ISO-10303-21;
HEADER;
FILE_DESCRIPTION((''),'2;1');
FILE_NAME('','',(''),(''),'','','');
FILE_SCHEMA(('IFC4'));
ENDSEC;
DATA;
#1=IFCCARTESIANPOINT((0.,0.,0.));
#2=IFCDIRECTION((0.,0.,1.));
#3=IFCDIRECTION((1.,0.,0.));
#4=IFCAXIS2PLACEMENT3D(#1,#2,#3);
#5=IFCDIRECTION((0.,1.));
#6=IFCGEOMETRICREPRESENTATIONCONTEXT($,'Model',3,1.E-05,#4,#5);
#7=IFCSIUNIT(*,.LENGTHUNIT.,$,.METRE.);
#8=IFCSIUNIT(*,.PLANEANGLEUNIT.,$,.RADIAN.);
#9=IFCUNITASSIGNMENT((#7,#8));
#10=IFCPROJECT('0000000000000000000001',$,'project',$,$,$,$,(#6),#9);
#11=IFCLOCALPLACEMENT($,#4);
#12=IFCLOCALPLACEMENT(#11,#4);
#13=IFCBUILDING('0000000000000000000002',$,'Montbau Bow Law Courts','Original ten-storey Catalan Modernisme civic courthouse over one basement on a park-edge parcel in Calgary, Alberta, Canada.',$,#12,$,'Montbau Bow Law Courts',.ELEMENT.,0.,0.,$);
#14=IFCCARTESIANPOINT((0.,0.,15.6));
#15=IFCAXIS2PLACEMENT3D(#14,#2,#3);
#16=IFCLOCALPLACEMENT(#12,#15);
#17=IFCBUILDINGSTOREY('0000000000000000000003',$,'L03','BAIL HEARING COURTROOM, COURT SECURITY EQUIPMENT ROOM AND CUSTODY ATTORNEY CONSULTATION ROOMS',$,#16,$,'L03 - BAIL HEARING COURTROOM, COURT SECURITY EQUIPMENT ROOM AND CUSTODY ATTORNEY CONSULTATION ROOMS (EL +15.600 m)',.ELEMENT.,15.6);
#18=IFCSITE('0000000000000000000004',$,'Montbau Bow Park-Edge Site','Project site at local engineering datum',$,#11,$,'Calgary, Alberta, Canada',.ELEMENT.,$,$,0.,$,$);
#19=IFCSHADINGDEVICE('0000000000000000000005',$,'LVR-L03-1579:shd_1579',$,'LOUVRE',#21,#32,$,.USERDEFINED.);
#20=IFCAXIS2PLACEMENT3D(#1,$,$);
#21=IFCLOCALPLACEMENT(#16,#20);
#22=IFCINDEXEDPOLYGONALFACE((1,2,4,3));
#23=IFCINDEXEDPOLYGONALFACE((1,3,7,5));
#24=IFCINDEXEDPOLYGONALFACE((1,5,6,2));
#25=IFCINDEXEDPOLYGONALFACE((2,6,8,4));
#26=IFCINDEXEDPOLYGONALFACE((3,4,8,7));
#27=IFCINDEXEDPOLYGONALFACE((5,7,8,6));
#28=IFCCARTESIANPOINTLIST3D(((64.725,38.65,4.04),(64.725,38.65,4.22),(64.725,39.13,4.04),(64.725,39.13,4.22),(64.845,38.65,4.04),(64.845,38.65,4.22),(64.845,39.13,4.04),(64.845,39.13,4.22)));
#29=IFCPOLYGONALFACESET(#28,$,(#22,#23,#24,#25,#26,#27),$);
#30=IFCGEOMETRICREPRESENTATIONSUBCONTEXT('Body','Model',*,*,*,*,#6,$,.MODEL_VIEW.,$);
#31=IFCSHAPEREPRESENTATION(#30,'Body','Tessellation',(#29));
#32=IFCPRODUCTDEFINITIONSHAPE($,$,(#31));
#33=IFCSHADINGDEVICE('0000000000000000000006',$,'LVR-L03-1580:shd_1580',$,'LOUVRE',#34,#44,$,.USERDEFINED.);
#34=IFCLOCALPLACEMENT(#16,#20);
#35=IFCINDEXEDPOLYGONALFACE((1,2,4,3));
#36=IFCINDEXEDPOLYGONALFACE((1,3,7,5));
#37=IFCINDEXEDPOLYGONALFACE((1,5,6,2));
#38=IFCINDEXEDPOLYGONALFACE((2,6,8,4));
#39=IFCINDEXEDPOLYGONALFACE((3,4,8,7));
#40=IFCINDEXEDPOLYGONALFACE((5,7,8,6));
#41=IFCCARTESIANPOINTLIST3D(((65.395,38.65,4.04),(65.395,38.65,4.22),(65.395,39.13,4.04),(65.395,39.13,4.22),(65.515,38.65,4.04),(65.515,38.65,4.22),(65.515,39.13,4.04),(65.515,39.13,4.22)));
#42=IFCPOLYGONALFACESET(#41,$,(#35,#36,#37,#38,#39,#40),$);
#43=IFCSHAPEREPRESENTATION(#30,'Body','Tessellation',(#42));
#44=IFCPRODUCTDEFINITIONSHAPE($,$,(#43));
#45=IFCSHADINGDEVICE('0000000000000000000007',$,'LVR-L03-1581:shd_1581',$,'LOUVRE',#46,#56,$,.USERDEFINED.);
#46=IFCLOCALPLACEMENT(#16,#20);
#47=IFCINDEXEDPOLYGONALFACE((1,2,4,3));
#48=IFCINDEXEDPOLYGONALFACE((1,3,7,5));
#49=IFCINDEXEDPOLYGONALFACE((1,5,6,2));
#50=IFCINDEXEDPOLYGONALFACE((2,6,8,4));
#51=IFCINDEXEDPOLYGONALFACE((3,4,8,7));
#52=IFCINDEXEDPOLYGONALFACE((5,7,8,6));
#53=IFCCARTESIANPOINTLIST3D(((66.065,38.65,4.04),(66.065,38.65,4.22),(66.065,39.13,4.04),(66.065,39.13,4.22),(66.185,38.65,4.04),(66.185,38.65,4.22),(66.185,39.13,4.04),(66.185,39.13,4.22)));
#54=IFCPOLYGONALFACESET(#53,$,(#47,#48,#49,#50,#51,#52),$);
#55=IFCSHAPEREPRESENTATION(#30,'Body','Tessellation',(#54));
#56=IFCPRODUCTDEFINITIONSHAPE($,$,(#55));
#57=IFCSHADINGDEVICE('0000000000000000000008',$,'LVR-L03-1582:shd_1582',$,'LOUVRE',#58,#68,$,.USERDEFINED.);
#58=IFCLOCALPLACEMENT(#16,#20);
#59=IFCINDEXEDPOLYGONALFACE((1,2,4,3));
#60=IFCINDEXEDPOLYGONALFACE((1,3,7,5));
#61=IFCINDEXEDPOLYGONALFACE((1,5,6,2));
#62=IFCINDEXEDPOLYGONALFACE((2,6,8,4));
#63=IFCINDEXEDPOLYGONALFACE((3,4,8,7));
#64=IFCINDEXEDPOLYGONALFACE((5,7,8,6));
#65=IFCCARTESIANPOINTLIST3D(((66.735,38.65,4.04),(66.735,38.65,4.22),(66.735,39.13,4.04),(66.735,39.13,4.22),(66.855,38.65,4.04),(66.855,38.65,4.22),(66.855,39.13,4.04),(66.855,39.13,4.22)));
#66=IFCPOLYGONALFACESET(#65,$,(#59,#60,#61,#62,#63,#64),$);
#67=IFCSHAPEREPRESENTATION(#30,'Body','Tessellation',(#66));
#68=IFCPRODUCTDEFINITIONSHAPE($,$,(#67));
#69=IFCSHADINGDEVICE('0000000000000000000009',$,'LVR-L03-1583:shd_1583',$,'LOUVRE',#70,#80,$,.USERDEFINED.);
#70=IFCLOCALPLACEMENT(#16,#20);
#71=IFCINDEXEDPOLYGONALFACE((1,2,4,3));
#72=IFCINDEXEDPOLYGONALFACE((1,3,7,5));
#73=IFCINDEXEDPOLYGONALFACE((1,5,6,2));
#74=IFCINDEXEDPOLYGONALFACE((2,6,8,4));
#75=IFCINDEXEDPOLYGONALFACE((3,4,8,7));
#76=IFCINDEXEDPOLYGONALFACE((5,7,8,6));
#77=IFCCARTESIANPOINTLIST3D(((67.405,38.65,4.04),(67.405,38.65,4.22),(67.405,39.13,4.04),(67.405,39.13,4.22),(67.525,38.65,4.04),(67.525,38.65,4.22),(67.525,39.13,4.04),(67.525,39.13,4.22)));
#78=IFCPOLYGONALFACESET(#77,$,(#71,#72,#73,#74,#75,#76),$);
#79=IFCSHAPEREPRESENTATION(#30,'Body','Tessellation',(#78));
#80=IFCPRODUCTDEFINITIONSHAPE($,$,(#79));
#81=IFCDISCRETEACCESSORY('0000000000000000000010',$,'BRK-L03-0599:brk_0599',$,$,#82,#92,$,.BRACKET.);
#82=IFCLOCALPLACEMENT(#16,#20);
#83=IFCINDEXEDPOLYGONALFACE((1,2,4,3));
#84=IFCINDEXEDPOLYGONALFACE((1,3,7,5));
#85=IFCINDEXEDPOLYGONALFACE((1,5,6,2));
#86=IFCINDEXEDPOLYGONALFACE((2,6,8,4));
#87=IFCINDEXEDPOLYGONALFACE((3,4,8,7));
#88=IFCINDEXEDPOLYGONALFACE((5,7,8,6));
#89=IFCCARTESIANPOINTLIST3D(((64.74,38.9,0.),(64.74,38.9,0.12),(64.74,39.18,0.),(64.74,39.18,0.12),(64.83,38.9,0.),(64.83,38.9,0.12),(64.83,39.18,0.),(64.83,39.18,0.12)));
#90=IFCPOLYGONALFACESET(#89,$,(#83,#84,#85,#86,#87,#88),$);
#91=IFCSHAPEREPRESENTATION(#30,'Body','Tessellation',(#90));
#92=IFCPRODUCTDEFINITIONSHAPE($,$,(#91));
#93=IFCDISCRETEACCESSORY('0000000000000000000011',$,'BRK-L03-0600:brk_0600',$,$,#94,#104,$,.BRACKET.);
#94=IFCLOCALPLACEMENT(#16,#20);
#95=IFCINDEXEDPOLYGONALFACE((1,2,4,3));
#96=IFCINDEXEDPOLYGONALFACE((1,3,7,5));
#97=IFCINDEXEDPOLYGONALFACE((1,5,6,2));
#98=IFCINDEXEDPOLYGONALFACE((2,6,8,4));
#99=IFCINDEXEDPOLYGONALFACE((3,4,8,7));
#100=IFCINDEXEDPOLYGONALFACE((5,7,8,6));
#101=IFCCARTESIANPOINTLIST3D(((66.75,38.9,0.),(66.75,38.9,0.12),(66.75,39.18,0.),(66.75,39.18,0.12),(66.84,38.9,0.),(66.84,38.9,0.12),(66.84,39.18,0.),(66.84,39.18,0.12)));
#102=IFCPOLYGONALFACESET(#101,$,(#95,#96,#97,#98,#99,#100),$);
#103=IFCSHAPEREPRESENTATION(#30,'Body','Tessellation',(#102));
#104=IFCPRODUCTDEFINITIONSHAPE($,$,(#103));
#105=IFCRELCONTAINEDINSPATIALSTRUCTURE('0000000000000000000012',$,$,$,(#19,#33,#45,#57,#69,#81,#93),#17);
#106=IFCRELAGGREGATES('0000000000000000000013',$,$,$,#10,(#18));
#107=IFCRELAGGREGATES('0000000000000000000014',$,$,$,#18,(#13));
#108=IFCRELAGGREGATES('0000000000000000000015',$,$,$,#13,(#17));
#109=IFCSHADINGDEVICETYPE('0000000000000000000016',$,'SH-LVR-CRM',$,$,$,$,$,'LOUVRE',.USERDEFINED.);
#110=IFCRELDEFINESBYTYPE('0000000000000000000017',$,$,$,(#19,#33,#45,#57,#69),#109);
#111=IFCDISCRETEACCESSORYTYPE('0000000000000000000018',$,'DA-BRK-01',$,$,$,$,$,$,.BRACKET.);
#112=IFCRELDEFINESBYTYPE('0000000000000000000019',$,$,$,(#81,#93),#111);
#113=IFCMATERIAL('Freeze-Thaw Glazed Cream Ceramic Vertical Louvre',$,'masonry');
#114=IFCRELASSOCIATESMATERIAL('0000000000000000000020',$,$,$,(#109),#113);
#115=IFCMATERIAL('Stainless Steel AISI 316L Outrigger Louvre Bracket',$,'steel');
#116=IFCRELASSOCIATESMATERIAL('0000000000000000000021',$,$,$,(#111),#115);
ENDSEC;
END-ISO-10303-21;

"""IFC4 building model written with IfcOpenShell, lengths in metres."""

from ifc_helpers import new_model, si_unit, direction, frame, origin_with_axes, origin_2d_with_axis, place, context, subcontext, project, spatial, rectangle, extrude, material, type_object, element, save


model = new_model("IFC4")

# Units and contexts
model_context = context("Model", 3, precision=1e-05, world=origin_with_axes(), true_north=direction((0.0, 1.0)))
body_context = subcontext(model_context, "Body", "Model", "MODEL_VIEW")
ifc_project = project(units=[si_unit("LENGTHUNIT", "METRE"), si_unit("PLANEANGLEUNIT", "RADIAN")], contexts=[model_context])

# Site, building, storey
site_placement = place(None, origin_with_axes())
site = spatial("IfcSite", under=ifc_project, at=site_placement, Name="Montbau Bow Park-Edge Site", Description="Project site at local engineering datum", LongName="Calgary, Alberta, Canada", CompositionType="ELEMENT", RefElevation=0.0)
building_placement = place(site_placement, origin_with_axes())
building = spatial("IfcBuilding", under=site, at=building_placement, Name="Montbau Bow Law Courts", Description="Original ten-storey Catalan Modernisme civic courthouse over one basement on a park-edge parcel in Calgary, Alberta, Canada.", LongName="Montbau Bow Law Courts", CompositionType="ELEMENT", ElevationOfRefHeight=0.0, ElevationOfTerrain=0.0)
storey_placement = place(building_placement, frame((0.0, 0.0, 15.6), z_axis=(0.0, 0.0, 1.0), x_axis=(1.0, 0.0, 0.0)))
storey = spatial("IfcBuildingStorey", under=building, at=storey_placement, Name="L03", Description="BAIL HEARING COURTROOM, COURT SECURITY EQUIPMENT ROOM AND CUSTODY ATTORNEY CONSULTATION ROOMS", LongName="L03 - BAIL HEARING COURTROOM, COURT SECURITY EQUIPMENT ROOM AND CUSTODY ATTORNEY CONSULTATION ROOMS (EL +15.600 m)", CompositionType="ELEMENT", Elevation=15.6)

# Shading devices
ifc_material_1 = material(Name="Freeze-Thaw Glazed Cream Ceramic Vertical Louvre", Category="masonry")
shading_device_type = type_object("IfcShadingDeviceType", Name="SH-LVR-CRM", ElementType="LOUVRE", PredefinedType="USERDEFINED", material=ifc_material_1)
for number, where, z_axis, x_axis, name in (
    (1, (64.785, 38.89, 19.64), (0.0, 0.0, 1.0), (0.0, -1.0, 0.0), "LVR-L03-1579:shd_1579"),
    (2, (65.455, 38.89, 19.64), (0.0, 0.0, 1.0), (0.0, -1.0, 0.0), "LVR-L03-1580:shd_1580"),
    (3, (66.125, 38.89, 19.64), (0.0, 0.0, 1.0), (0.0, -1.0, 0.0), "LVR-L03-1581:shd_1581"),
    (4, (66.795, 38.89, 19.64), (0.0, 0.0, 1.0), (0.0, -1.0, 0.0), "LVR-L03-1582:shd_1582"),
    (5, (67.465, 38.89, 19.64), (0.0, 0.0, 1.0), (0.0, -1.0, 0.0), "LVR-L03-1583:shd_1583"),
):
    element("IfcShadingDevice", number, at=place(None, frame(where, z_axis=z_axis, x_axis=x_axis)), inside=storey, type_object=shading_device_type, Name=name, ObjectType="LOUVRE", PredefinedType="USERDEFINED", context=body_context, shape_type="SweptSolid", body=[
        extrude(rectangle(XDim=0.48, YDim=0.12, at=origin_2d_with_axis()), origin_with_axes(), (0.0, 0.0, 1.0), 0.18),
    ])

# Discrete accessories
ifc_material_2 = material(Name="Stainless Steel AISI 316L Outrigger Louvre Bracket", Category="steel")
discrete_accessory_type = type_object("IfcDiscreteAccessoryType", Name="DA-BRK-01", PredefinedType="BRACKET", material=ifc_material_2)
for number, where, z_axis, x_axis, name in (
    (6, (64.785, 39.04, 15.6), (0.0, 0.0, 1.0), (0.0, -1.0, 0.0), "BRK-L03-0599:brk_0599"),
    (7, (66.795, 39.04, 15.6), (0.0, 0.0, 1.0), (0.0, -1.0, 0.0), "BRK-L03-0600:brk_0600"),
):
    element("IfcDiscreteAccessory", number, at=place(None, frame(where, z_axis=z_axis, x_axis=x_axis)), inside=storey, type_object=discrete_accessory_type, Name=name, PredefinedType="BRACKET", context=body_context, shape_type="SweptSolid", body=[
        extrude(rectangle(XDim=0.28, YDim=0.09, at=origin_2d_with_axis()), origin_with_axes(), (0.0, 0.0, 1.0), 0.12),
    ])

save(model, "model.ifc")
